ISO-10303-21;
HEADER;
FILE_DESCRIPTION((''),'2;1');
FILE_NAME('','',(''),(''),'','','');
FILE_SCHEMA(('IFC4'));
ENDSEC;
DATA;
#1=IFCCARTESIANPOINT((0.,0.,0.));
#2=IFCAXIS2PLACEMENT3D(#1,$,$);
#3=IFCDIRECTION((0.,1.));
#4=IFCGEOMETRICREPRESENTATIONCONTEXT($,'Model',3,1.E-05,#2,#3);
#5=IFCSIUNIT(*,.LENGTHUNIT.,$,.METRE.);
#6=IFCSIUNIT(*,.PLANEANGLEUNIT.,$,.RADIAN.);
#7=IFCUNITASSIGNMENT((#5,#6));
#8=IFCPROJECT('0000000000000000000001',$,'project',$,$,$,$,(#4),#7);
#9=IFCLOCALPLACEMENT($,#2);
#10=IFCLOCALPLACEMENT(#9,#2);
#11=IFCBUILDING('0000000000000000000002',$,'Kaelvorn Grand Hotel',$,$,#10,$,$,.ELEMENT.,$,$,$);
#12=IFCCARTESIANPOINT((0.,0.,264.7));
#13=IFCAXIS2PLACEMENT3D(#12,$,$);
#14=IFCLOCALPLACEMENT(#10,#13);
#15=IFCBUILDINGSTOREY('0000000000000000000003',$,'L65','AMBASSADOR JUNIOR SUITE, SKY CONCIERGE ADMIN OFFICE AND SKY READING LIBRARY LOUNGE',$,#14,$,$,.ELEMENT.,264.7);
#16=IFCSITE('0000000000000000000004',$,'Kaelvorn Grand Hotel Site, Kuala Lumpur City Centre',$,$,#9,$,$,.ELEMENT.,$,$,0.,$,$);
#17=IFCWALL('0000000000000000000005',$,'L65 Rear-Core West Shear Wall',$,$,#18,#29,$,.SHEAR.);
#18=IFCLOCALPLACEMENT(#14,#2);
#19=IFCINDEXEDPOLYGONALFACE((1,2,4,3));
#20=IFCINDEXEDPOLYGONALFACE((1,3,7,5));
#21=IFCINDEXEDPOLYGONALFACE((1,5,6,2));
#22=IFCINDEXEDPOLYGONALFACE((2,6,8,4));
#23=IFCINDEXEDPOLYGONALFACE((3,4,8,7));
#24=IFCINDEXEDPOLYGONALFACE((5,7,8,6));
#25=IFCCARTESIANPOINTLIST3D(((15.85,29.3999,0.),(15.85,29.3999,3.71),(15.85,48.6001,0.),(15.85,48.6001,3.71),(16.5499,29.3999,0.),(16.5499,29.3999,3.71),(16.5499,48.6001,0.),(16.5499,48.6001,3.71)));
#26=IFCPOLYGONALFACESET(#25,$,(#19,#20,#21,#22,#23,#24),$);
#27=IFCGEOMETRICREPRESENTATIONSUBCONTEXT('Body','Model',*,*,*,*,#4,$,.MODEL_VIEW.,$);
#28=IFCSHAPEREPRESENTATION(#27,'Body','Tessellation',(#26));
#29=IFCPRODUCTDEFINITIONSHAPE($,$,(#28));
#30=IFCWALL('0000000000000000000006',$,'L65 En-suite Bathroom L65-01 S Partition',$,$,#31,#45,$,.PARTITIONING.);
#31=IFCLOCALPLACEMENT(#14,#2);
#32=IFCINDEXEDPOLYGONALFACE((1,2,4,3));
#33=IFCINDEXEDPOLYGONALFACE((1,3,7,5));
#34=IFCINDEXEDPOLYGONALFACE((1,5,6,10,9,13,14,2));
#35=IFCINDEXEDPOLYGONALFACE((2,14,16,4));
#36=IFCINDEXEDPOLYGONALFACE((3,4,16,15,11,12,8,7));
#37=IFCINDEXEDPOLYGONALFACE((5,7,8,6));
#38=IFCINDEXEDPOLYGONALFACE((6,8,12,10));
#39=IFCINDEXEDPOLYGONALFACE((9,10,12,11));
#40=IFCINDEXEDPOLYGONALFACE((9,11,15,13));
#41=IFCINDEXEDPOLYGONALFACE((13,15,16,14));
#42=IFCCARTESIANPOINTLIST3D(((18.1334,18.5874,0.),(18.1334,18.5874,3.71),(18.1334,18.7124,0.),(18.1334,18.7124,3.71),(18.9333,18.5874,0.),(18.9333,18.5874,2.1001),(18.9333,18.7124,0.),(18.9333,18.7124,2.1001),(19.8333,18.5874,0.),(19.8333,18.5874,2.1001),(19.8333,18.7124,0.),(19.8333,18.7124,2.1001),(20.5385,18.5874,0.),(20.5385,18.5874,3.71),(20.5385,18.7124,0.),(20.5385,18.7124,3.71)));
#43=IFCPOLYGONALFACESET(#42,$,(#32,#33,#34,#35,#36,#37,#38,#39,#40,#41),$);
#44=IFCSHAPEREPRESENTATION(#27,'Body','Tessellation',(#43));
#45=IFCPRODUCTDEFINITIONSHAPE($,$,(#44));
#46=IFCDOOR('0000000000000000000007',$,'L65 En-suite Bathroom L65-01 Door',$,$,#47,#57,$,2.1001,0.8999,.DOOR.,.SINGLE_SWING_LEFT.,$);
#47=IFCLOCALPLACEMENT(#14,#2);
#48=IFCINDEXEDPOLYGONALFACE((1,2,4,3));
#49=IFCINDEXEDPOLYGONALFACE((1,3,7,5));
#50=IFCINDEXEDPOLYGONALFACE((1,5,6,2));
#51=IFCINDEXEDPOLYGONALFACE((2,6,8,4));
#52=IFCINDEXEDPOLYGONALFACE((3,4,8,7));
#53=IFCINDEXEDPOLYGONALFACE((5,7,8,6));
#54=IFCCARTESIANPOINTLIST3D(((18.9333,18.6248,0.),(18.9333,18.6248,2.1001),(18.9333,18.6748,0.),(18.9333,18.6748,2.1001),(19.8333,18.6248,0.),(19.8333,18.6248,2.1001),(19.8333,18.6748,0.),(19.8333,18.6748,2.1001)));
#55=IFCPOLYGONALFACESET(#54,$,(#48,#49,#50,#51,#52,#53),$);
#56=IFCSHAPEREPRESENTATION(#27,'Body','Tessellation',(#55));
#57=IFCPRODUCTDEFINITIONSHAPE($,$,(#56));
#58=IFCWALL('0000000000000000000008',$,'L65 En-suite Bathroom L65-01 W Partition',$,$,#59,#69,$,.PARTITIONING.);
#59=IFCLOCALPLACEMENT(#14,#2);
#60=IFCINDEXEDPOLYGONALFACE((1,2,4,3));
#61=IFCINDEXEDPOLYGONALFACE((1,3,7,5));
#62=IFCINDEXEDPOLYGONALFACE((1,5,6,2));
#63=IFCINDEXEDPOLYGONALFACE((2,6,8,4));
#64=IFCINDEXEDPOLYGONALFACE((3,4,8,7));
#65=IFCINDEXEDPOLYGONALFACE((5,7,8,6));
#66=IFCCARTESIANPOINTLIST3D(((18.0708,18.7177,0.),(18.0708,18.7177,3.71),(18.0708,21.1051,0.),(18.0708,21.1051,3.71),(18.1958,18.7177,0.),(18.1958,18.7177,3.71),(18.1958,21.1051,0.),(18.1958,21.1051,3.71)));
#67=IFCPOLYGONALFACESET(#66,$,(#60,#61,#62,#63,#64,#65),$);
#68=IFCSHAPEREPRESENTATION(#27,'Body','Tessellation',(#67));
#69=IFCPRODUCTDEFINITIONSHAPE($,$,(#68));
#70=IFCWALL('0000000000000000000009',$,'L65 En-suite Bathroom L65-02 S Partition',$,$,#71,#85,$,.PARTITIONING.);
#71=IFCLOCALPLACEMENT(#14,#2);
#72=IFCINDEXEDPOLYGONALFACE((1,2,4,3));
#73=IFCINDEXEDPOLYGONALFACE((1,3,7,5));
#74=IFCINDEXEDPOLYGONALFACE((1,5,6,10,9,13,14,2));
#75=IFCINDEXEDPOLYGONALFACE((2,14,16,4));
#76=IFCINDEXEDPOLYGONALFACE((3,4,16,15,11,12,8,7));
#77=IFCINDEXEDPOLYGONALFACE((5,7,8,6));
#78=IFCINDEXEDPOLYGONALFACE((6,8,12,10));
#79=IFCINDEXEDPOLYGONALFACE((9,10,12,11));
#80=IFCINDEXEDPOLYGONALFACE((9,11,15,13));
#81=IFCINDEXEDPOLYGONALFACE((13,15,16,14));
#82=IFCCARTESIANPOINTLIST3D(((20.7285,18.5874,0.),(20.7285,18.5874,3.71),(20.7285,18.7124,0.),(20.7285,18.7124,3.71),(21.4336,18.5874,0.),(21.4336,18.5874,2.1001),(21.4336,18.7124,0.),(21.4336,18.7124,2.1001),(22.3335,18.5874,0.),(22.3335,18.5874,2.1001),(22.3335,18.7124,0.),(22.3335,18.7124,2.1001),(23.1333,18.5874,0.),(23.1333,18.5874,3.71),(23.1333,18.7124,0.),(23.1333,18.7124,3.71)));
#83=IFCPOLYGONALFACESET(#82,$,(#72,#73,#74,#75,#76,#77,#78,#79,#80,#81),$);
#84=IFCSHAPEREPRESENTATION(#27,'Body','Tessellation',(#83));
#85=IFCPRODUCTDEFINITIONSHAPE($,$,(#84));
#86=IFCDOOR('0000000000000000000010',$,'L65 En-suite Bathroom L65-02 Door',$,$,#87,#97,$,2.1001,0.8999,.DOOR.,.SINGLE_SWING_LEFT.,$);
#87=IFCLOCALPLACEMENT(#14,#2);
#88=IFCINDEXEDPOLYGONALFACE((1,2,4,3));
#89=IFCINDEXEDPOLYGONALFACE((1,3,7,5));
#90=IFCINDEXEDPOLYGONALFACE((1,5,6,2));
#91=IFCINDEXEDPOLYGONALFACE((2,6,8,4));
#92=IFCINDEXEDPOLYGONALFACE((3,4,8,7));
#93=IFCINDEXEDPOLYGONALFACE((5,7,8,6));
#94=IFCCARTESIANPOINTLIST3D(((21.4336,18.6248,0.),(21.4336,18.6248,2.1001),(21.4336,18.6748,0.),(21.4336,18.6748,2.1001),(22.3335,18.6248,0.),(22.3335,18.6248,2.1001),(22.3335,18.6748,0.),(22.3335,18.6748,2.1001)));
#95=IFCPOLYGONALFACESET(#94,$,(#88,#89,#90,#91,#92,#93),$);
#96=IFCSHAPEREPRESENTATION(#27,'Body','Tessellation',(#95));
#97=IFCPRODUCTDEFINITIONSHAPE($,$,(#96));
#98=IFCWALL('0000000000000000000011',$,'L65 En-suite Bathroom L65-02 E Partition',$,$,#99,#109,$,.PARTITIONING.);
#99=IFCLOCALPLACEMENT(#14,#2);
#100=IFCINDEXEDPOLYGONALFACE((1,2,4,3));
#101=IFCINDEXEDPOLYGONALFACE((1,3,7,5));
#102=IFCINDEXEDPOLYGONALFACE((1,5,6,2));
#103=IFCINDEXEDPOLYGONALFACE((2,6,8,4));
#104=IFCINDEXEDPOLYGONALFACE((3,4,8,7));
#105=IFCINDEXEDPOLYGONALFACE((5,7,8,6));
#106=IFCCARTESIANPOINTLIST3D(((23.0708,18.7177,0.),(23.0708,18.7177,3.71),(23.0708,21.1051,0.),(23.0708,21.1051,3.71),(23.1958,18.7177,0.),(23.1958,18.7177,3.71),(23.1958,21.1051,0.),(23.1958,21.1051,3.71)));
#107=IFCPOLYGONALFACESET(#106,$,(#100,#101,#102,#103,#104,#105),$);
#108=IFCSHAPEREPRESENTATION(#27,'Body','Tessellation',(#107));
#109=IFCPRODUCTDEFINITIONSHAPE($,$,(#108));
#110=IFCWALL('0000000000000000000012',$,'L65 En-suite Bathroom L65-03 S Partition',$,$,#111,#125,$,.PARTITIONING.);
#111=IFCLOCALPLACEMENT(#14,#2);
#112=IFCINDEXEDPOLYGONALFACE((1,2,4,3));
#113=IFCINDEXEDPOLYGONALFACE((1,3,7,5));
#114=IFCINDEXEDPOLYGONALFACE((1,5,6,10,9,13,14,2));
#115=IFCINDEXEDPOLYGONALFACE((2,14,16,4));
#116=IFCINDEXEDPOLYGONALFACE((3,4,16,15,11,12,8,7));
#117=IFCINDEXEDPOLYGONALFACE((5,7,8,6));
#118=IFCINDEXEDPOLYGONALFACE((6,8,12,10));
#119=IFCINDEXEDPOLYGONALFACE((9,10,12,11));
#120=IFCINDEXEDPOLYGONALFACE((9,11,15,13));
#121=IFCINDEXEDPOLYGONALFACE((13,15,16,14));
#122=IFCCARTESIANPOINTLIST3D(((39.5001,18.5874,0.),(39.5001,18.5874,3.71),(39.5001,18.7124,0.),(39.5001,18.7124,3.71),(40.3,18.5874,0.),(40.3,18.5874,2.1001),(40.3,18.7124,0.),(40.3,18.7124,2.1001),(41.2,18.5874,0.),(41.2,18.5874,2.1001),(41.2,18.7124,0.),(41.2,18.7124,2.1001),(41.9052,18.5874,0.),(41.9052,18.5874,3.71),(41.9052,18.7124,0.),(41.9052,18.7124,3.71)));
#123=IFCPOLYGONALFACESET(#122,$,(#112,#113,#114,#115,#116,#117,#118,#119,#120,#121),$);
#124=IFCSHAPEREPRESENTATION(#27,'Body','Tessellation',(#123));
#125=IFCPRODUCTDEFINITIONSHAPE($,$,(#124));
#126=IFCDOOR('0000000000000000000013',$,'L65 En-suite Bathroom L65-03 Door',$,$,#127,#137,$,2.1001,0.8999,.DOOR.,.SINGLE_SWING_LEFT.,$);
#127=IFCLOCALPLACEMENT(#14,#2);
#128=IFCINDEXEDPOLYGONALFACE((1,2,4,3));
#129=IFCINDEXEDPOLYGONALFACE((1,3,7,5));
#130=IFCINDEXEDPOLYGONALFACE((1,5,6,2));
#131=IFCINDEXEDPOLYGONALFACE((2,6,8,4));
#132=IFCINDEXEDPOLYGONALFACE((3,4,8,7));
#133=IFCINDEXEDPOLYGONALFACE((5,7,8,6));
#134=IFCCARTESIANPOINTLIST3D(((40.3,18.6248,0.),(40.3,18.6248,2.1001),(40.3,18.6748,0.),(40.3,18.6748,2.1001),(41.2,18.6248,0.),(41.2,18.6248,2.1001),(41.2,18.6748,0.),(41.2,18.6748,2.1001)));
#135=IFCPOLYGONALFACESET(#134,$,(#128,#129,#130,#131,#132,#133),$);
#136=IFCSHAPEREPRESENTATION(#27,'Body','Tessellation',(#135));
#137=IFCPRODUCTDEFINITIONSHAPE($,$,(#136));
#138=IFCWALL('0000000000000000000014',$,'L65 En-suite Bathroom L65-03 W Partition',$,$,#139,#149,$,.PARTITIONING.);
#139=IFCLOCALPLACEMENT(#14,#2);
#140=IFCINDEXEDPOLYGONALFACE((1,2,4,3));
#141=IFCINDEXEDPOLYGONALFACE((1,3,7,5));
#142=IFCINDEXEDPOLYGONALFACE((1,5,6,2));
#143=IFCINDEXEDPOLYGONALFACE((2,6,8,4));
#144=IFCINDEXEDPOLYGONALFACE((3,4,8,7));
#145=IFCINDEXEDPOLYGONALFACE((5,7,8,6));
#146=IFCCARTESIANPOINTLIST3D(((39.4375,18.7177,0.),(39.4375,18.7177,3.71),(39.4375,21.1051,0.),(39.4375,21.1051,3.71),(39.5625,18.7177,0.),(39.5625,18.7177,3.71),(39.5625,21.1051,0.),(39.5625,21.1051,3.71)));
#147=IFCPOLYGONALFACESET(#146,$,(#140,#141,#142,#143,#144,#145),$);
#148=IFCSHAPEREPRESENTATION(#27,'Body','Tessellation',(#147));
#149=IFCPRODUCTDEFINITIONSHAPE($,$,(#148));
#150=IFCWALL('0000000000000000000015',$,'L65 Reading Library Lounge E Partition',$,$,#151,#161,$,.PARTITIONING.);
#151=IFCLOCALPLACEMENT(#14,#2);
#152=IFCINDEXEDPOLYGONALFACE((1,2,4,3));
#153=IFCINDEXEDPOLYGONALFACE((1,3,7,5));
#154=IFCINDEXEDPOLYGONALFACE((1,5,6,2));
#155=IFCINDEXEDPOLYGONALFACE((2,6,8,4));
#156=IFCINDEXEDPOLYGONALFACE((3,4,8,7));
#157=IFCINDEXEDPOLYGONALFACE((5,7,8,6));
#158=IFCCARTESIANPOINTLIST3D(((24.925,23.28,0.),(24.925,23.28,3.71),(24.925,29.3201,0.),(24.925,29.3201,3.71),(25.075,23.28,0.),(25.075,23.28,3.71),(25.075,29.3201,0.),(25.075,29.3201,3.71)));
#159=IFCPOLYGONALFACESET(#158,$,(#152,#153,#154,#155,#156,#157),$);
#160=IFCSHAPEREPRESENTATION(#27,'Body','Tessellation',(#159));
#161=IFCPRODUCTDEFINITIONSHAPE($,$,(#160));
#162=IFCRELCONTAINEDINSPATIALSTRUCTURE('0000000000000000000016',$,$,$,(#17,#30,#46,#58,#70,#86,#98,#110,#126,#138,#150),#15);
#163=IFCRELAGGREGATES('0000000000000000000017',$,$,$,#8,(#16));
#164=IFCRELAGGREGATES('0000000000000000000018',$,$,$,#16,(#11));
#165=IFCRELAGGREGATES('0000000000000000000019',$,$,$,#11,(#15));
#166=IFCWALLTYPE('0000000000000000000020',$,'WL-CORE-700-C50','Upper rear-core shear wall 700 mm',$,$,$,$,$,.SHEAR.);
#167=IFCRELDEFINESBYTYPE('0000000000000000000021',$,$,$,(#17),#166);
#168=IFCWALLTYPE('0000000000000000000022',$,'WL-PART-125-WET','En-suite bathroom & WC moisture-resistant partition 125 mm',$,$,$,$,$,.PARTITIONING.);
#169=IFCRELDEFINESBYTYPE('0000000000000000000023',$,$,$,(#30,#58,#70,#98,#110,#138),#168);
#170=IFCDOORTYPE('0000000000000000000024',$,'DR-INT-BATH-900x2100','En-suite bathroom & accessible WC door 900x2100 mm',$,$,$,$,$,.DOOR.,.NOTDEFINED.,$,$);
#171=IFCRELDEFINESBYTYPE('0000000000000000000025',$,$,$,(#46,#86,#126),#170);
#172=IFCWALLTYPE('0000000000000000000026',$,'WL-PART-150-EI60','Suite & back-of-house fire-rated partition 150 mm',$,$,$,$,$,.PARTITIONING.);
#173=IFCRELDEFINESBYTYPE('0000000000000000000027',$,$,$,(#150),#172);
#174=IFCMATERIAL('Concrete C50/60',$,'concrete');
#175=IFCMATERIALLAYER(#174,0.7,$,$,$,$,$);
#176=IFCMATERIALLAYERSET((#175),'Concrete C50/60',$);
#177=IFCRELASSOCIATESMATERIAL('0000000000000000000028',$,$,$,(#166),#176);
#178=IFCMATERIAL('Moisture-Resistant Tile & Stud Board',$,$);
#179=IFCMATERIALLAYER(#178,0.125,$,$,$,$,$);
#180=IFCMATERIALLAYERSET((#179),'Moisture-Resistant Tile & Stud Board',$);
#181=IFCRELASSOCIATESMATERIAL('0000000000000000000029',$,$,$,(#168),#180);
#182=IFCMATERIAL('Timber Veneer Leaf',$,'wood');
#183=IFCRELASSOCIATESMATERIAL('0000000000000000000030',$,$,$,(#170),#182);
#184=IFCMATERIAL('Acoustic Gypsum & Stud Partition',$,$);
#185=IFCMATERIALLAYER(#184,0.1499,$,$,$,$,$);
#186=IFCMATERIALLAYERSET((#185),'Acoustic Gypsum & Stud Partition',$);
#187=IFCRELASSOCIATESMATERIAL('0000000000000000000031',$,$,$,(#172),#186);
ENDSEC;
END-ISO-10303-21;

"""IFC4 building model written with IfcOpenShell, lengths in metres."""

from ifc_helpers import new_model, si_unit, direction, frame, frame_2d, origin, place, context, subcontext, project, spatial, rectangle, extrude, material, layer, layer_set, type_object, element, fill, save


model = new_model("IFC4")

# Units and contexts
model_context = context("Model", 3, precision=1e-05, world=origin(), true_north=direction((0.0, 1.0)))
body_context = subcontext(model_context, "Body", "Model", "MODEL_VIEW")
ifc_project = project(units=[si_unit("LENGTHUNIT", "METRE"), si_unit("PLANEANGLEUNIT", "RADIAN")], contexts=[model_context])

# Site, building, storey
site_placement = place(None, origin())
site = spatial("IfcSite", under=ifc_project, at=site_placement, Name="Kaelvorn Grand Hotel Site, Kuala Lumpur City Centre", CompositionType="ELEMENT", RefElevation=0.0)
building_placement = place(site_placement, origin())
building = spatial("IfcBuilding", under=site, at=building_placement, Name="Kaelvorn Grand Hotel", CompositionType="ELEMENT")
storey_placement = place(building_placement, frame((0.0, 0.0, 264.7)))
storey = spatial("IfcBuildingStorey", under=building, at=storey_placement, Name="L65", Description="AMBASSADOR JUNIOR SUITE, SKY CONCIERGE ADMIN OFFICE AND SKY READING LIBRARY LOUNGE", CompositionType="ELEMENT", Elevation=264.7)

# Shared definitions
ifc_material_1 = material(Name="Concrete C50/60", Category="concrete")

# Wall
ifc_layer_1 = layer(ifc_material_1, 0.7)
ifc_layer_set_1 = layer_set([ifc_layer_1], Name="Concrete C50/60")
wall_type_1 = type_object("IfcWallType", Name="WL-CORE-700-C50", Description="Upper rear-core shear wall 700 mm", PredefinedType="SHEAR", material=ifc_layer_set_1)
wall_1_placement = place(storey_placement, frame((16.2, 29.3999, 0.0), z_axis=(0.0, 0.0, 1.0), x_axis=(0.0, 1.0, 0.0)))
element("IfcWall", 1, at=wall_1_placement, inside=storey, type_object=wall_type_1, Name="L65 Rear-Core West Shear Wall", PredefinedType="SHEAR", context=body_context, shape_type="SweptSolid", body=[
    extrude(rectangle(XDim=19.2002, YDim=0.7, at=frame_2d((9.6001, 0.0))), origin(), (0.0, 0.0, 1.0), 3.71),
])

# Wall, opening, door
ifc_material_2 = material(Name="Moisture-Resistant Tile & Stud Board")
ifc_layer_2 = layer(ifc_material_2, 0.125)
ifc_layer_set_2 = layer_set([ifc_layer_2], Name="Moisture-Resistant Tile & Stud Board")
wall_type_2 = type_object("IfcWallType", Name="WL-PART-125-WET", Description="En-suite bathroom & WC moisture-resistant partition 125 mm", PredefinedType="PARTITIONING", material=ifc_layer_set_2)
wall_2_placement = place(storey_placement, frame((18.1333, 18.6499, 0.0), z_axis=(0.0, 0.0, 1.0), x_axis=(1.0, 0.0, 0.0)))
wall_2 = element("IfcWall", 2, at=wall_2_placement, inside=storey, type_object=wall_type_2, Name="L65 En-suite Bathroom L65-01 S Partition", PredefinedType="PARTITIONING", context=body_context, shape_type="SweptSolid", body=[
    extrude(rectangle(XDim=2.405, YDim=0.125, at=frame_2d((1.2026, 0.0))), origin(), (0.0, 0.0, 1.0), 3.71),
])
opening_1_placement = place(wall_2_placement, frame((0.8, 0.0, 0.0)))
opening_1 = element("IfcOpeningElement", 3, at=opening_1_placement, cuts=wall_2, PredefinedType="OPENING", context=body_context, shape_type="SweptSolid", body=[
    extrude(rectangle(XDim=0.8999, YDim=2.1001, at=frame_2d((0.45, 1.05))), frame((0.0, 0.0725, 0.0), z_axis=(0.0, -1.0, 0.0), x_axis=(1.0, 0.0, 0.0)), (0.0, 0.0, 1.0), 0.145),
])
ifc_material_3 = material(Name="Timber Veneer Leaf", Category="wood")
door_type_1 = type_object("IfcDoorType", Name="DR-INT-BATH-900x2100", Description="En-suite bathroom & accessible WC door 900x2100 mm", OperationType="NOTDEFINED", PredefinedType="DOOR", material=ifc_material_3)
door_1_placement = place(opening_1_placement, origin())
door_1 = element("IfcDoor", 4, at=door_1_placement, inside=storey, type_object=door_type_1, Name="L65 En-suite Bathroom L65-01 Door", OperationType="SINGLE_SWING_LEFT", OverallHeight=2.1001, OverallWidth=0.8999, PredefinedType="DOOR", context=body_context, shape_type="SweptSolid", body=[
    extrude(rectangle(XDim=0.8999, YDim=2.1001, at=frame_2d((0.45, 1.05))), frame((0.0, 0.0249, 0.0), z_axis=(0.0, -1.0, 0.0), x_axis=(1.0, 0.0, 0.0)), (0.0, 0.0, 1.0), 0.05),
])
fill(opening_1, door_1)

# Wall
wall_3_placement = place(storey_placement, frame((18.1333, 18.7175, 0.0), z_axis=(0.0, 0.0, 1.0), x_axis=(0.0, 1.0, 0.0)))
element("IfcWall", 5, at=wall_3_placement, inside=storey, type_object=wall_type_2, Name="L65 En-suite Bathroom L65-01 W Partition", PredefinedType="PARTITIONING", context=body_context, shape_type="SweptSolid", body=[
    extrude(rectangle(XDim=2.3875, YDim=0.125, at=frame_2d((1.1938, 0.0))), origin(), (0.0, 0.0, 1.0), 3.71),
])

# Wall, opening, door
wall_4_placement = place(storey_placement, frame((20.7285, 18.6499, 0.0), z_axis=(0.0, 0.0, 1.0), x_axis=(1.0, 0.0, 0.0)))
wall_4 = element("IfcWall", 6, at=wall_4_placement, inside=storey, type_object=wall_type_2, Name="L65 En-suite Bathroom L65-02 S Partition", PredefinedType="PARTITIONING", context=body_context, shape_type="SweptSolid", body=[
    extrude(rectangle(XDim=2.4048, YDim=0.125, at=frame_2d((1.2024, 0.0))), origin(), (0.0, 0.0, 1.0), 3.71),
])
opening_2_placement = place(wall_4_placement, frame((0.7051, 0.0, 0.0)))
opening_2 = element("IfcOpeningElement", 7, at=opening_2_placement, cuts=wall_4, PredefinedType="OPENING", context=body_context, shape_type="SweptSolid", body=[
    extrude(rectangle(XDim=0.8999, YDim=2.1001, at=frame_2d((0.45, 1.05))), frame((0.0, 0.0725, 0.0), z_axis=(0.0, -1.0, 0.0), x_axis=(1.0, 0.0, 0.0)), (0.0, 0.0, 1.0), 0.145),
])
door_2_placement = place(opening_2_placement, origin())
door_2 = element("IfcDoor", 8, at=door_2_placement, inside=storey, type_object=door_type_1, Name="L65 En-suite Bathroom L65-02 Door", OperationType="SINGLE_SWING_LEFT", OverallHeight=2.1001, OverallWidth=0.8999, PredefinedType="DOOR", context=body_context, shape_type="SweptSolid", body=[
    extrude(rectangle(XDim=0.8999, YDim=2.1001, at=frame_2d((0.45, 1.05))), frame((0.0, 0.0249, 0.0), z_axis=(0.0, -1.0, 0.0), x_axis=(1.0, 0.0, 0.0)), (0.0, 0.0, 1.0), 0.05),
])
fill(opening_2, door_2)

# Wall
wall_5_placement = place(storey_placement, frame((23.1333, 18.7175, 0.0), z_axis=(0.0, 0.0, 1.0), x_axis=(0.0, 1.0, 0.0)))
element("IfcWall", 9, at=wall_5_placement, inside=storey, type_object=wall_type_2, Name="L65 En-suite Bathroom L65-02 E Partition", PredefinedType="PARTITIONING", context=body_context, shape_type="SweptSolid", body=[
    extrude(rectangle(XDim=2.3875, YDim=0.125, at=frame_2d((1.1938, 0.0))), origin(), (0.0, 0.0, 1.0), 3.71),
])

# Wall, opening, door
wall_6_placement = place(storey_placement, frame((39.5, 18.6499, 0.0), z_axis=(0.0, 0.0, 1.0), x_axis=(1.0, 0.0, 0.0)))
wall_6 = element("IfcWall", 10, at=wall_6_placement, inside=storey, type_object=wall_type_2, Name="L65 En-suite Bathroom L65-03 S Partition", PredefinedType="PARTITIONING", context=body_context, shape_type="SweptSolid", body=[
    extrude(rectangle(XDim=2.405, YDim=0.125, at=frame_2d((1.2026, 0.0))), origin(), (0.0, 0.0, 1.0), 3.71),
])
opening_3_placement = place(wall_6_placement, frame((0.8, 0.0, 0.0)))
opening_3 = element("IfcOpeningElement", 11, at=opening_3_placement, cuts=wall_6, PredefinedType="OPENING", context=body_context, shape_type="SweptSolid", body=[
    extrude(rectangle(XDim=0.8999, YDim=2.1001, at=frame_2d((0.45, 1.05))), frame((0.0, 0.0725, 0.0), z_axis=(0.0, -1.0, 0.0), x_axis=(1.0, 0.0, 0.0)), (0.0, 0.0, 1.0), 0.145),
])
door_3_placement = place(opening_3_placement, origin())
door_3 = element("IfcDoor", 12, at=door_3_placement, inside=storey, type_object=door_type_1, Name="L65 En-suite Bathroom L65-03 Door", OperationType="SINGLE_SWING_LEFT", OverallHeight=2.1001, OverallWidth=0.8999, PredefinedType="DOOR", context=body_context, shape_type="SweptSolid", body=[
    extrude(rectangle(XDim=0.8999, YDim=2.1001, at=frame_2d((0.45, 1.05))), frame((0.0, 0.0249, 0.0), z_axis=(0.0, -1.0, 0.0), x_axis=(1.0, 0.0, 0.0)), (0.0, 0.0, 1.0), 0.05),
])
fill(opening_3, door_3)

# Walls
wall_7_placement = place(storey_placement, frame((39.5, 18.7175, 0.0), z_axis=(0.0, 0.0, 1.0), x_axis=(0.0, 1.0, 0.0)))
element("IfcWall", 13, at=wall_7_placement, inside=storey, type_object=wall_type_2, Name="L65 En-suite Bathroom L65-03 W Partition", PredefinedType="PARTITIONING", context=body_context, shape_type="SweptSolid", body=[
    extrude(rectangle(XDim=2.3875, YDim=0.125, at=frame_2d((1.1938, 0.0))), origin(), (0.0, 0.0, 1.0), 3.71),
])
ifc_material_4 = material(Name="Acoustic Gypsum & Stud Partition")
ifc_layer_3 = layer(ifc_material_4, 0.1499)
ifc_layer_set_3 = layer_set([ifc_layer_3], Name="Acoustic Gypsum & Stud Partition")
wall_type_3 = type_object("IfcWallType", Name="WL-PART-150-EI60", Description="Suite & back-of-house fire-rated partition 150 mm", PredefinedType="PARTITIONING", material=ifc_layer_set_3)
wall_8_placement = place(storey_placement, frame((25.0, 23.28, 0.0), z_axis=(0.0, 0.0, 1.0), x_axis=(0.0, 1.0, 0.0)))
element("IfcWall", 14, at=wall_8_placement, inside=storey, type_object=wall_type_3, Name="L65 Reading Library Lounge E Partition", PredefinedType="PARTITIONING", context=body_context, shape_type="SweptSolid", body=[
    extrude(rectangle(XDim=6.04, YDim=0.1499, at=frame_2d((3.02, 0.0))), origin(), (0.0, 0.0, 1.0), 3.71),
])

save(model, "model.ifc")
